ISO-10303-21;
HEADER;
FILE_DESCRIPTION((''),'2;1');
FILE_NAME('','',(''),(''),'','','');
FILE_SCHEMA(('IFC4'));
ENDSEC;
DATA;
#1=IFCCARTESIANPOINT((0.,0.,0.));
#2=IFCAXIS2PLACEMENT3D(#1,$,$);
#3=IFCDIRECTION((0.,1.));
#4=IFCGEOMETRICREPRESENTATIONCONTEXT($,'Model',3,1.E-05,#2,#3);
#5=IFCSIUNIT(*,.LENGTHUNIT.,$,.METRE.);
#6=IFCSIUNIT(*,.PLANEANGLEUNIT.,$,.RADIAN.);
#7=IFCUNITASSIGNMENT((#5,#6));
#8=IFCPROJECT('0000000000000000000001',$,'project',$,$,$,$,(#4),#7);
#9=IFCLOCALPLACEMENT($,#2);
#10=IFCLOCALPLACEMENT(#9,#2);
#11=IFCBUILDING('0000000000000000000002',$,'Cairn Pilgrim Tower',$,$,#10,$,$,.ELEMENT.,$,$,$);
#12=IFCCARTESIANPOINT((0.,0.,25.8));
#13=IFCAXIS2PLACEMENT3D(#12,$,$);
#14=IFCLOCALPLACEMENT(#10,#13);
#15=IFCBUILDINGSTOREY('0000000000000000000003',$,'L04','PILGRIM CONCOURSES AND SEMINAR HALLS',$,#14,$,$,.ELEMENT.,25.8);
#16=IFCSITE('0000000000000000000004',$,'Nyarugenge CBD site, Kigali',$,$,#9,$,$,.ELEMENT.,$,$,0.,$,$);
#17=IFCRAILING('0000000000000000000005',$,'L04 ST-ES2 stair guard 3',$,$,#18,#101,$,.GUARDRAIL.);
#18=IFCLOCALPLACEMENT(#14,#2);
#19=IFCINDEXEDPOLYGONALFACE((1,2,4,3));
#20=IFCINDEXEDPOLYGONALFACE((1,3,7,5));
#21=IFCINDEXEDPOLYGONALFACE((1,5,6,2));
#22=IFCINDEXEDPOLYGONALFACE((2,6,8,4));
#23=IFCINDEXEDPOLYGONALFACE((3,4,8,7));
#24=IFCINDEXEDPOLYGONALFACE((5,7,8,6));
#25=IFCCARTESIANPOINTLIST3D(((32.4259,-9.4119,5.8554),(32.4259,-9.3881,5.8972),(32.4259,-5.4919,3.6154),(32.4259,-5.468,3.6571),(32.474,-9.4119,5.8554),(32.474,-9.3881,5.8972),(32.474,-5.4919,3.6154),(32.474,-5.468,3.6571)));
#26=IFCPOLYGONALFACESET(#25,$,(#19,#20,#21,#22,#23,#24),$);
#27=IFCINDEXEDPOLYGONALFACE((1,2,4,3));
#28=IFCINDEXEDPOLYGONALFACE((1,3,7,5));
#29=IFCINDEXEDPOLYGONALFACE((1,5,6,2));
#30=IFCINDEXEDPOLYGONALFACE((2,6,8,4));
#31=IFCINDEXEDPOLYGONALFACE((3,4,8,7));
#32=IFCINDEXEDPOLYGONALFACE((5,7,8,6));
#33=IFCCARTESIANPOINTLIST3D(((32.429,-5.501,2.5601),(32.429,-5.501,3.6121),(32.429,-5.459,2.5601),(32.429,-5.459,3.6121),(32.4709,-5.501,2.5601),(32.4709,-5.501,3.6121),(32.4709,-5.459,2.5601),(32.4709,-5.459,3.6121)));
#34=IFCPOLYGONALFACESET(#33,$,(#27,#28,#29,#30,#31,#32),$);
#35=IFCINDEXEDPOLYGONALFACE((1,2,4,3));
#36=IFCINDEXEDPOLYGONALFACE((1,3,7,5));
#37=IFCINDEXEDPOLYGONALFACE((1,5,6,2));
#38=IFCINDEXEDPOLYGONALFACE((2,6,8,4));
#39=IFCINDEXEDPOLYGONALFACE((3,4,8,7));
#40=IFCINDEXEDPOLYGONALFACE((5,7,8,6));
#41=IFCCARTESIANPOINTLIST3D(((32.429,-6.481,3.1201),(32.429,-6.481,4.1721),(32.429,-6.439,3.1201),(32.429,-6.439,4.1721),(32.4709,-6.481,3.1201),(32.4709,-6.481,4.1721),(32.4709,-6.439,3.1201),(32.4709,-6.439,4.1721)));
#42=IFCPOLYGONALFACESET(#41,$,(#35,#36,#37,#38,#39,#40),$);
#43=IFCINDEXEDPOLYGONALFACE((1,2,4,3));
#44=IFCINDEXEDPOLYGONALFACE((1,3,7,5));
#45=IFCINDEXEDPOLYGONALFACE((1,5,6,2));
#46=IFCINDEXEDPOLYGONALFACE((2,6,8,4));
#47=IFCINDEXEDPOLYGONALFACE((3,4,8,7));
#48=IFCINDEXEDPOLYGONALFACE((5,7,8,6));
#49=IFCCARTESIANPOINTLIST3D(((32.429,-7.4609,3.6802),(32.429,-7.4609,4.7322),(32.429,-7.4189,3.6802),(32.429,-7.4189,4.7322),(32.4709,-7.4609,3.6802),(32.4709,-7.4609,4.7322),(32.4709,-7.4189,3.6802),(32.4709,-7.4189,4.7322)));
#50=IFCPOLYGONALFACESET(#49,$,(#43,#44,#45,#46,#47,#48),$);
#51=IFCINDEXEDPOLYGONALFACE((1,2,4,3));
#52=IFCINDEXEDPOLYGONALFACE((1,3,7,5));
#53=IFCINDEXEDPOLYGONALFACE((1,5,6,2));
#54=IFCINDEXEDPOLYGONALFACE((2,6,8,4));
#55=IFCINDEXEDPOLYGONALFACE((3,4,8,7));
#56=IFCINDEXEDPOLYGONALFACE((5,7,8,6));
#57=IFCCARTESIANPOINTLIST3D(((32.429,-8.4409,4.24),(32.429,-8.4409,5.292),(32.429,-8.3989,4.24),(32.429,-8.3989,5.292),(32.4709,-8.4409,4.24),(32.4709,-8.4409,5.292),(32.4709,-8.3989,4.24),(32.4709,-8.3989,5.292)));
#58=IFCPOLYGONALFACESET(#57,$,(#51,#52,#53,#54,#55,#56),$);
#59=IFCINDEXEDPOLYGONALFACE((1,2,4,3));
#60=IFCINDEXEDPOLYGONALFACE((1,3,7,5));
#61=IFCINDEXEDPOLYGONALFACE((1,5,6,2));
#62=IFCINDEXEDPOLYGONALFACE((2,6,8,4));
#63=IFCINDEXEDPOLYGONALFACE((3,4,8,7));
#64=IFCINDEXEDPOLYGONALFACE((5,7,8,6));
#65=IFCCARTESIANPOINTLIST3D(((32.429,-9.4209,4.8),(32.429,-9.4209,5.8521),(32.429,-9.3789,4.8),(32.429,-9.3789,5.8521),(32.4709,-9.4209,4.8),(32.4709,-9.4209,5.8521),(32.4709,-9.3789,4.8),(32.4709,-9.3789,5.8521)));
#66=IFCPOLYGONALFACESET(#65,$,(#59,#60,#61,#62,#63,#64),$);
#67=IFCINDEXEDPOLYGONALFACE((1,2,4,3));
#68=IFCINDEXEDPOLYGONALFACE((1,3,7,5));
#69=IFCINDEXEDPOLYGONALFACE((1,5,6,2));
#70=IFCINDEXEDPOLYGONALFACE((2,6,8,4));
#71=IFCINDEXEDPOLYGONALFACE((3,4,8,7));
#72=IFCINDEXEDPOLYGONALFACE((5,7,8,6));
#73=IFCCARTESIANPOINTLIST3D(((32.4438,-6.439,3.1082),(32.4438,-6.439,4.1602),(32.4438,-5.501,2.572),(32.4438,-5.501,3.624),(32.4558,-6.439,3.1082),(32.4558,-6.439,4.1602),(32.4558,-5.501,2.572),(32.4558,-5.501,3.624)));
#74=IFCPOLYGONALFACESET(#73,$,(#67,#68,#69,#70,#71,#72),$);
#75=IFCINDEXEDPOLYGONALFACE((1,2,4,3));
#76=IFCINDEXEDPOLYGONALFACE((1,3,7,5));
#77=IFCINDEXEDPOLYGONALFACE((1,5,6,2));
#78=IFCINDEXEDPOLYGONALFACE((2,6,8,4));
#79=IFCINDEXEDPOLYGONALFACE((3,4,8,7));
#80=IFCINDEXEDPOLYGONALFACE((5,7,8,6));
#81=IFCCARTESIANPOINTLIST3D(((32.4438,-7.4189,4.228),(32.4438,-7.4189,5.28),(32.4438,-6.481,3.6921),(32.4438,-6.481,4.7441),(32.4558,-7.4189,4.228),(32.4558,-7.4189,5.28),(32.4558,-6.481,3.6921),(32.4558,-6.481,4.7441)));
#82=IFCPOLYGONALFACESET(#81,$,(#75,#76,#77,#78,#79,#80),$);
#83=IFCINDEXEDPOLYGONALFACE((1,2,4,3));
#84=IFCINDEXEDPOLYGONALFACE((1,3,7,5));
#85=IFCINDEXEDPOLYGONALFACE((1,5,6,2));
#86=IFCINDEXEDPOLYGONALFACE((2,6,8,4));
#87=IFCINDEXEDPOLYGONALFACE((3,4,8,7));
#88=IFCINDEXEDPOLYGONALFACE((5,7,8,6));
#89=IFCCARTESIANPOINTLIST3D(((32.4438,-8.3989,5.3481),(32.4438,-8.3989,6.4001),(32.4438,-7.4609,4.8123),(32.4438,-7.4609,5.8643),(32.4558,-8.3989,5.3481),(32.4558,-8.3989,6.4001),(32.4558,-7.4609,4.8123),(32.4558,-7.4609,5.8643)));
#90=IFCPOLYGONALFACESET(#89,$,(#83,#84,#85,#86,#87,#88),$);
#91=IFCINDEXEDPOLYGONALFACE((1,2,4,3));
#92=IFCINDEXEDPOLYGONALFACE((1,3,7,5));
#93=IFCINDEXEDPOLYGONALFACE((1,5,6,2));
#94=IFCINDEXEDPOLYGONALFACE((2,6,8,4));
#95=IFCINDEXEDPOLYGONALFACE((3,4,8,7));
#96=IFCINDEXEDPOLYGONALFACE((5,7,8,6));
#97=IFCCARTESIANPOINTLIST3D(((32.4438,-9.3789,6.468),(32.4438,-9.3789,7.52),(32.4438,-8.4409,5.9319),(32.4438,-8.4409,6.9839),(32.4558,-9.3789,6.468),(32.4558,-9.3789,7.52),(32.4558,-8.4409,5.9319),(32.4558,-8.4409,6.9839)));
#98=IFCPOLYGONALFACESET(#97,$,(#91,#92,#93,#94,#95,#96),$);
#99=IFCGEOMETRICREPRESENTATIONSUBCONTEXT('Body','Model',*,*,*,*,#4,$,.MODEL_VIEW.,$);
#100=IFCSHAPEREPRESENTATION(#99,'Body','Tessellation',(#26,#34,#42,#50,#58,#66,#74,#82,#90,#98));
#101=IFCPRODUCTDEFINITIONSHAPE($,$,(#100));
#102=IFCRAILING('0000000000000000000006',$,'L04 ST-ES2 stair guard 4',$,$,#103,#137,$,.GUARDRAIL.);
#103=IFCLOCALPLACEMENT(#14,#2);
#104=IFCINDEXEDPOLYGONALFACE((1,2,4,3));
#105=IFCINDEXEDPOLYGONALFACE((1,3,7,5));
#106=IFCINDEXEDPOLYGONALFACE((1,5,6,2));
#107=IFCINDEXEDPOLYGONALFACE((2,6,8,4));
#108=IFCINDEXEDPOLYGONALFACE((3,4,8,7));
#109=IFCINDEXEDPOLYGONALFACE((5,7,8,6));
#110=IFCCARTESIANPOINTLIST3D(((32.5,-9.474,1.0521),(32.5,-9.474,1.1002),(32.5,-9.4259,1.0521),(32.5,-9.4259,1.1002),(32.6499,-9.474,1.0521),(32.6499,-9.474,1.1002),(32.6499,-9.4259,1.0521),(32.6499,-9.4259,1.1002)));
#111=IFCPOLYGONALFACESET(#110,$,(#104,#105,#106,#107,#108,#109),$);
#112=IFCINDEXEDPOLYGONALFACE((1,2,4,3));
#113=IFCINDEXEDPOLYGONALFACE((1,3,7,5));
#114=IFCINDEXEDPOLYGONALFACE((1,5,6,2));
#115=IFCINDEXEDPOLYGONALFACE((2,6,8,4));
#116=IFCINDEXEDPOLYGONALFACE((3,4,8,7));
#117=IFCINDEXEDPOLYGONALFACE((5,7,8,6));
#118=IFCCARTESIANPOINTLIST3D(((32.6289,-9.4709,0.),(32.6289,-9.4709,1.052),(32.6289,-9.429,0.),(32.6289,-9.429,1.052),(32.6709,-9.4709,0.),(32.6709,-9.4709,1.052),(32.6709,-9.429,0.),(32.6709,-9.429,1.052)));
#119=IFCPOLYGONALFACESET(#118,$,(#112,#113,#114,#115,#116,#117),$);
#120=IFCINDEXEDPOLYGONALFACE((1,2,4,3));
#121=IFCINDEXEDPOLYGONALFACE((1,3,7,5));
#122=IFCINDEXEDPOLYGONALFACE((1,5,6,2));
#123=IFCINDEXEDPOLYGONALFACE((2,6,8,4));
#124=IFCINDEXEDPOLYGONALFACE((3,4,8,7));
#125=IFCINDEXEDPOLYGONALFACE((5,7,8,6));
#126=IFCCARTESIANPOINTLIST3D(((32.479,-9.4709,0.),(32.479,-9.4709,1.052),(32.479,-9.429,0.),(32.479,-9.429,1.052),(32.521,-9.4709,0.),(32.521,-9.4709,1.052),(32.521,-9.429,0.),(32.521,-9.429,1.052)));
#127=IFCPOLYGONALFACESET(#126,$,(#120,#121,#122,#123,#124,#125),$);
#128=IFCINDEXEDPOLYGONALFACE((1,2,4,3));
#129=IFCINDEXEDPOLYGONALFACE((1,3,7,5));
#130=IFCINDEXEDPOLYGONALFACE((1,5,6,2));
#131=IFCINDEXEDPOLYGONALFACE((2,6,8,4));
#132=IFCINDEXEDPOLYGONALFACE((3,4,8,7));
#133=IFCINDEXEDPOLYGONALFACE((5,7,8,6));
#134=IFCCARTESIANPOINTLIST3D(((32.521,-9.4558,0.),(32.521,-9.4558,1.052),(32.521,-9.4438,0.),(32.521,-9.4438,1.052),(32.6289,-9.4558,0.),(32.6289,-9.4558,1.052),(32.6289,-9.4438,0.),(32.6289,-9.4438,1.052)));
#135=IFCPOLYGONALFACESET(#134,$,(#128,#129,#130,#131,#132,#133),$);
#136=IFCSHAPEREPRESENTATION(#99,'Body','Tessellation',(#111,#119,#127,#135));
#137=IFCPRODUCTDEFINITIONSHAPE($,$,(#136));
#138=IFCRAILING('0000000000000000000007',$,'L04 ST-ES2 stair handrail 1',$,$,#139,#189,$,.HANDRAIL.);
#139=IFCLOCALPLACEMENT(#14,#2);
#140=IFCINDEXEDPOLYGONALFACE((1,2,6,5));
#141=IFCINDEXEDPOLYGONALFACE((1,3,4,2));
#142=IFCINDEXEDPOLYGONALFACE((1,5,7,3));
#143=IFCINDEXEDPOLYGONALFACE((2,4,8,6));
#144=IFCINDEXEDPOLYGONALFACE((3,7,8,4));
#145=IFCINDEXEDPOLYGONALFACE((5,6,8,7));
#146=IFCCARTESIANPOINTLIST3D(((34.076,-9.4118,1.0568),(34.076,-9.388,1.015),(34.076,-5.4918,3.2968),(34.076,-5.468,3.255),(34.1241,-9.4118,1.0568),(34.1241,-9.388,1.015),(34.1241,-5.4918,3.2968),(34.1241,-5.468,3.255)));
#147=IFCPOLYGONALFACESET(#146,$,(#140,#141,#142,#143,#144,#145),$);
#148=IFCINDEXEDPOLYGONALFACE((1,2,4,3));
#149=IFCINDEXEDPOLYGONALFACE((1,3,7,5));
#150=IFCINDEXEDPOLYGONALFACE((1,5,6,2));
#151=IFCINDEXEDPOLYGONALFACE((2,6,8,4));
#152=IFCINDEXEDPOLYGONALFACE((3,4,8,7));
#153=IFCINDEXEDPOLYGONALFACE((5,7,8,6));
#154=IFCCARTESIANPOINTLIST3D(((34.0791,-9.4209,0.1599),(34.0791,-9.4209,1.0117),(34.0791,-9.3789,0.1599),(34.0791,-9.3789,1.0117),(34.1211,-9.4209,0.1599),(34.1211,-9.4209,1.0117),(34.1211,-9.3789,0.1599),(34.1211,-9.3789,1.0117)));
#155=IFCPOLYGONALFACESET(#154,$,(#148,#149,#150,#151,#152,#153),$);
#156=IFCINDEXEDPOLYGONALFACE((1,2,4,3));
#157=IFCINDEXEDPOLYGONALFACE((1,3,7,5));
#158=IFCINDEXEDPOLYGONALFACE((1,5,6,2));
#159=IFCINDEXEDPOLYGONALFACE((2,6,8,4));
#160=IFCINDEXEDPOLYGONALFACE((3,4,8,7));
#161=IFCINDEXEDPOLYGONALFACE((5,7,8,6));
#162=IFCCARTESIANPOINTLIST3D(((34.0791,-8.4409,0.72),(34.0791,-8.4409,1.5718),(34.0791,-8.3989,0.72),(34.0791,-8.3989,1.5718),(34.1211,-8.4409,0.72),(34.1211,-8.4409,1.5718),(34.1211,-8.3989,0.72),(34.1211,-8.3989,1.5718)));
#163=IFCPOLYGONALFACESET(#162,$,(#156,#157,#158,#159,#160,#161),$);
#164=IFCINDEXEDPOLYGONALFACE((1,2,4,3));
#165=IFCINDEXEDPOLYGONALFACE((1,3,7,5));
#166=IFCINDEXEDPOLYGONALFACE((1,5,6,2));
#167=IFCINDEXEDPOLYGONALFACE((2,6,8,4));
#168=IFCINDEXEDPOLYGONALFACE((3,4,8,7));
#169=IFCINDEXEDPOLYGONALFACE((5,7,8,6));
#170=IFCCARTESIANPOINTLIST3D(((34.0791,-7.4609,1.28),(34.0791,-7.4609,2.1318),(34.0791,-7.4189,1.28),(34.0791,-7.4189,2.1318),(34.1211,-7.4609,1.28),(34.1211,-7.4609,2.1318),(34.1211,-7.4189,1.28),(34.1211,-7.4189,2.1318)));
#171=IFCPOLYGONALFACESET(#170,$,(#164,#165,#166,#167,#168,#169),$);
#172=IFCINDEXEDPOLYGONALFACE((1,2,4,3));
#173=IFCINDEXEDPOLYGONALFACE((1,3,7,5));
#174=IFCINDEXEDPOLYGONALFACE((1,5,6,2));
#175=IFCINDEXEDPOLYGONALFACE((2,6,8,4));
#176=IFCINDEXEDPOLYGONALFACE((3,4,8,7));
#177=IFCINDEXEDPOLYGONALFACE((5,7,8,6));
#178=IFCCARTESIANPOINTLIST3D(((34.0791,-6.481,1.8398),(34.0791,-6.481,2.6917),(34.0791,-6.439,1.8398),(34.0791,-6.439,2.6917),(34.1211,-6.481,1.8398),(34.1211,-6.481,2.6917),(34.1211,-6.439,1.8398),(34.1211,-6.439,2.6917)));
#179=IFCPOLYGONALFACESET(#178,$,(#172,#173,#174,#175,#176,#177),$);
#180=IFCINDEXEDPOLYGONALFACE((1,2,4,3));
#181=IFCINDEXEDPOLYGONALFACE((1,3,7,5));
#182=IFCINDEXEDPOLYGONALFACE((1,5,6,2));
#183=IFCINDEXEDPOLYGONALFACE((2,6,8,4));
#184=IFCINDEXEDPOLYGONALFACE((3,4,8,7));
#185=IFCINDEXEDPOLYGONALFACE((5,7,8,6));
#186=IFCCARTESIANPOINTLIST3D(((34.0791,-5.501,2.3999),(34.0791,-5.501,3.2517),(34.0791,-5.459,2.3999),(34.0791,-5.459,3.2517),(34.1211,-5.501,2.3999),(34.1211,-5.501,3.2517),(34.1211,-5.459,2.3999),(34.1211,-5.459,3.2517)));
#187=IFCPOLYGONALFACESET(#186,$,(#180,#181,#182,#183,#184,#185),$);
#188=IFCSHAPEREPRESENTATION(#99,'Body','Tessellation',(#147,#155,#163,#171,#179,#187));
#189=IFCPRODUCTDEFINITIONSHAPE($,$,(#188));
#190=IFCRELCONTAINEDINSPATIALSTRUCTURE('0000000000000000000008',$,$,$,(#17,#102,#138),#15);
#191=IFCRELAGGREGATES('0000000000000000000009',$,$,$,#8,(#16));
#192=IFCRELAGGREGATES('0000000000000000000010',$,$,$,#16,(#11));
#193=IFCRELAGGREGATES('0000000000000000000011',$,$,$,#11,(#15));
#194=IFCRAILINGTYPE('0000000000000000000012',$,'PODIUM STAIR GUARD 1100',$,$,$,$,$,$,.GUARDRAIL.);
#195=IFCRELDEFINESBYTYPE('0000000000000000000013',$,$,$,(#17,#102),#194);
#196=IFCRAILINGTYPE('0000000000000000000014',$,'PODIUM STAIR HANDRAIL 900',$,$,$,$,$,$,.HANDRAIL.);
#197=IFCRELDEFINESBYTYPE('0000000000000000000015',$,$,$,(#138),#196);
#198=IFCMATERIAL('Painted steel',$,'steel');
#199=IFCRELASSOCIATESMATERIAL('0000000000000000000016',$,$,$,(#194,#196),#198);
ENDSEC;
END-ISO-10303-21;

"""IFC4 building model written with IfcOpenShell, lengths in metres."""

from ifc_helpers import new_model, si_unit, direction, frame, origin, origin_2d, place, context, subcontext, project, spatial, polyline, rectangle, outline, extrude, material, type_object, element, save


model = new_model("IFC4")

# Units and contexts
model_context = context("Model", 3, precision=1e-05, world=origin(), true_north=direction((0.0, 1.0)))
body_context = subcontext(model_context, "Body", "Model", "MODEL_VIEW")
ifc_project = project(units=[si_unit("LENGTHUNIT", "METRE"), si_unit("PLANEANGLEUNIT", "RADIAN")], contexts=[model_context])

# Site, building, storey
site_placement = place(None, origin())
site = spatial("IfcSite", under=ifc_project, at=site_placement, Name="Nyarugenge CBD site, Kigali", CompositionType="ELEMENT", RefElevation=0.0)
building_placement = place(site_placement, origin())
building = spatial("IfcBuilding", under=site, at=building_placement, Name="Cairn Pilgrim Tower", CompositionType="ELEMENT")
storey_placement = place(building_placement, frame((0.0, 0.0, 25.8)))
storey = spatial("IfcBuildingStorey", under=building, at=storey_placement, Name="L04", Description="PILGRIM CONCOURSES AND SEMINAR HALLS", CompositionType="ELEMENT", Elevation=25.8)

# Railings
ifc_material_1 = material(Name="Painted steel", Category="steel")
railing_type_1 = type_object("IfcRailingType", Name="PODIUM STAIR GUARD 1100", PredefinedType="GUARDRAIL", material=ifc_material_1)
railing_1_placement = place(storey_placement, frame((32.45, -5.48, 2.5601)))
element("IfcRailing", 1, at=railing_1_placement, inside=storey, type_object=railing_type_1, Name="L04 ST-ES2 stair guard 3", PredefinedType="GUARDRAIL", context=body_context, shape_type="SweptSolid", body=[
    extrude(rectangle(XDim=0.0481, YDim=0.0481, at=origin_2d()), frame((0.0, 0.0, 1.0762), z_axis=(0.0, -0.86824, 0.496145), x_axis=(1.0, 0.0, 0.0)), (0.0, 0.0, 1.0), 4.5149),
    extrude(rectangle(XDim=0.042, YDim=0.042, at=origin_2d()), origin(), (0.0, 0.0, 1.0), 1.052),
    extrude(rectangle(XDim=0.042, YDim=0.042, at=origin_2d()), frame((0.0, -0.98, 0.5601)), (0.0, 0.0, 1.0), 1.052),
    extrude(rectangle(XDim=0.042, YDim=0.042, at=origin_2d()), frame((0.0, -1.96, 1.1201)), (0.0, 0.0, 1.0), 1.052),
    extrude(rectangle(XDim=0.042, YDim=0.042, at=origin_2d()), frame((0.0, -2.9399, 1.6799)), (0.0, 0.0, 1.0), 1.052),
    extrude(rectangle(XDim=0.042, YDim=0.042, at=origin_2d()), frame((0.0, -3.9199, 2.24)), (0.0, 0.0, 1.0), 1.052),
    extrude(outline(polyline([(0.021, 0.012), (0.959, 0.5481), (0.959, 1.6001), (0.021, 1.064), (0.021, 0.012)])), frame((0.0059, 0.0, 0.0), z_axis=(-1.0, 0.0, 0.0), x_axis=(0.0, -1.0, 0.0)), (0.0, 0.0, 1.0), 0.012),
    extrude(outline(polyline([(0.021, 0.572), (0.959, 1.1079), (0.959, 2.1599), (0.021, 1.624), (0.021, 0.572)])), frame((0.0059, -0.98, 0.5601), z_axis=(-1.0, 0.0, 0.0), x_axis=(0.0, -1.0, 0.0)), (0.0, 0.0, 1.0), 0.012),
    extrude(outline(polyline([(0.021, 1.1321), (0.959, 1.668), (0.959, 2.72), (0.021, 2.1841), (0.021, 1.1321)])), frame((0.0059, -1.96, 1.1201), z_axis=(-1.0, 0.0, 0.0), x_axis=(0.0, -1.0, 0.0)), (0.0, 0.0, 1.0), 0.012),
    extrude(outline(polyline([(0.021, 1.6919), (0.959, 2.228), (0.959, 3.28), (0.021, 2.7439), (0.021, 1.6919)])), frame((0.0059, -2.9399, 1.6799), z_axis=(-1.0, 0.0, 0.0), x_axis=(0.0, -1.0, 0.0)), (0.0, 0.0, 1.0), 0.012),
])
railing_2_placement = place(storey_placement, frame((32.6499, -9.45, 0.0)))
element("IfcRailing", 2, at=railing_2_placement, inside=storey, type_object=railing_type_1, Name="L04 ST-ES2 stair guard 4", PredefinedType="GUARDRAIL", context=body_context, shape_type="SweptSolid", body=[
    extrude(rectangle(XDim=0.0481, YDim=0.0481, at=origin_2d()), frame((0.0, 0.0, 1.0762), z_axis=(-1.0, 0.0, 0.0), x_axis=(0.0, -1.0, 0.0)), (0.0, 0.0, 1.0), 0.1499),
    extrude(rectangle(XDim=0.042, YDim=0.042, at=origin_2d()), origin(), (0.0, 0.0, 1.0), 1.052),
    extrude(rectangle(XDim=0.042, YDim=0.042, at=origin_2d()), frame((-0.1499, 0.0, 0.0)), (0.0, 0.0, 1.0), 1.052),
    extrude(outline(polyline([(0.021, 0.0), (0.1289, 0.0), (0.1289, 1.052), (0.021, 1.052), (0.021, 0.0)])), frame((0.0, -0.0059, 0.0), z_axis=(0.0, 1.0, 0.0), x_axis=(-1.0, 0.0, 0.0)), (0.0, 0.0, 1.0), 0.012),
])
railing_type_2 = type_object("IfcRailingType", Name="PODIUM STAIR HANDRAIL 900", PredefinedType="HANDRAIL", material=ifc_material_1)
railing_3_placement = place(storey_placement, frame((34.1001, -9.3999, 0.1599)))
element("IfcRailing", 3, at=railing_3_placement, inside=storey, type_object=railing_type_2, Name="L04 ST-ES2 stair handrail 1", PredefinedType="HANDRAIL", context=body_context, shape_type="SweptSolid", body=[
    extrude(rectangle(XDim=0.0481, YDim=0.0481, at=origin_2d()), frame((0.0, 0.0, 0.876), z_axis=(0.0, 0.86824, 0.496145), x_axis=(-1.0, 0.0, 0.0)), (0.0, 0.0, 1.0), 4.5149),
    extrude(rectangle(XDim=0.042, YDim=0.042, at=origin_2d()), origin(), (0.0, 0.0, 1.0), 0.8518),
    extrude(rectangle(XDim=0.042, YDim=0.042, at=origin_2d()), frame((0.0, 0.98, 0.5601)), (0.0, 0.0, 1.0), 0.8518),
    extrude(rectangle(XDim=0.042, YDim=0.042, at=origin_2d()), frame((0.0, 1.96, 1.1201)), (0.0, 0.0, 1.0), 0.8518),
    extrude(rectangle(XDim=0.042, YDim=0.042, at=origin_2d()), frame((0.0, 2.9399, 1.6799)), (0.0, 0.0, 1.0), 0.8518),
    extrude(rectangle(XDim=0.042, YDim=0.042, at=origin_2d()), frame((0.0, 3.9199, 2.24)), (0.0, 0.0, 1.0), 0.8518),
])

save(model, "model.ifc")
